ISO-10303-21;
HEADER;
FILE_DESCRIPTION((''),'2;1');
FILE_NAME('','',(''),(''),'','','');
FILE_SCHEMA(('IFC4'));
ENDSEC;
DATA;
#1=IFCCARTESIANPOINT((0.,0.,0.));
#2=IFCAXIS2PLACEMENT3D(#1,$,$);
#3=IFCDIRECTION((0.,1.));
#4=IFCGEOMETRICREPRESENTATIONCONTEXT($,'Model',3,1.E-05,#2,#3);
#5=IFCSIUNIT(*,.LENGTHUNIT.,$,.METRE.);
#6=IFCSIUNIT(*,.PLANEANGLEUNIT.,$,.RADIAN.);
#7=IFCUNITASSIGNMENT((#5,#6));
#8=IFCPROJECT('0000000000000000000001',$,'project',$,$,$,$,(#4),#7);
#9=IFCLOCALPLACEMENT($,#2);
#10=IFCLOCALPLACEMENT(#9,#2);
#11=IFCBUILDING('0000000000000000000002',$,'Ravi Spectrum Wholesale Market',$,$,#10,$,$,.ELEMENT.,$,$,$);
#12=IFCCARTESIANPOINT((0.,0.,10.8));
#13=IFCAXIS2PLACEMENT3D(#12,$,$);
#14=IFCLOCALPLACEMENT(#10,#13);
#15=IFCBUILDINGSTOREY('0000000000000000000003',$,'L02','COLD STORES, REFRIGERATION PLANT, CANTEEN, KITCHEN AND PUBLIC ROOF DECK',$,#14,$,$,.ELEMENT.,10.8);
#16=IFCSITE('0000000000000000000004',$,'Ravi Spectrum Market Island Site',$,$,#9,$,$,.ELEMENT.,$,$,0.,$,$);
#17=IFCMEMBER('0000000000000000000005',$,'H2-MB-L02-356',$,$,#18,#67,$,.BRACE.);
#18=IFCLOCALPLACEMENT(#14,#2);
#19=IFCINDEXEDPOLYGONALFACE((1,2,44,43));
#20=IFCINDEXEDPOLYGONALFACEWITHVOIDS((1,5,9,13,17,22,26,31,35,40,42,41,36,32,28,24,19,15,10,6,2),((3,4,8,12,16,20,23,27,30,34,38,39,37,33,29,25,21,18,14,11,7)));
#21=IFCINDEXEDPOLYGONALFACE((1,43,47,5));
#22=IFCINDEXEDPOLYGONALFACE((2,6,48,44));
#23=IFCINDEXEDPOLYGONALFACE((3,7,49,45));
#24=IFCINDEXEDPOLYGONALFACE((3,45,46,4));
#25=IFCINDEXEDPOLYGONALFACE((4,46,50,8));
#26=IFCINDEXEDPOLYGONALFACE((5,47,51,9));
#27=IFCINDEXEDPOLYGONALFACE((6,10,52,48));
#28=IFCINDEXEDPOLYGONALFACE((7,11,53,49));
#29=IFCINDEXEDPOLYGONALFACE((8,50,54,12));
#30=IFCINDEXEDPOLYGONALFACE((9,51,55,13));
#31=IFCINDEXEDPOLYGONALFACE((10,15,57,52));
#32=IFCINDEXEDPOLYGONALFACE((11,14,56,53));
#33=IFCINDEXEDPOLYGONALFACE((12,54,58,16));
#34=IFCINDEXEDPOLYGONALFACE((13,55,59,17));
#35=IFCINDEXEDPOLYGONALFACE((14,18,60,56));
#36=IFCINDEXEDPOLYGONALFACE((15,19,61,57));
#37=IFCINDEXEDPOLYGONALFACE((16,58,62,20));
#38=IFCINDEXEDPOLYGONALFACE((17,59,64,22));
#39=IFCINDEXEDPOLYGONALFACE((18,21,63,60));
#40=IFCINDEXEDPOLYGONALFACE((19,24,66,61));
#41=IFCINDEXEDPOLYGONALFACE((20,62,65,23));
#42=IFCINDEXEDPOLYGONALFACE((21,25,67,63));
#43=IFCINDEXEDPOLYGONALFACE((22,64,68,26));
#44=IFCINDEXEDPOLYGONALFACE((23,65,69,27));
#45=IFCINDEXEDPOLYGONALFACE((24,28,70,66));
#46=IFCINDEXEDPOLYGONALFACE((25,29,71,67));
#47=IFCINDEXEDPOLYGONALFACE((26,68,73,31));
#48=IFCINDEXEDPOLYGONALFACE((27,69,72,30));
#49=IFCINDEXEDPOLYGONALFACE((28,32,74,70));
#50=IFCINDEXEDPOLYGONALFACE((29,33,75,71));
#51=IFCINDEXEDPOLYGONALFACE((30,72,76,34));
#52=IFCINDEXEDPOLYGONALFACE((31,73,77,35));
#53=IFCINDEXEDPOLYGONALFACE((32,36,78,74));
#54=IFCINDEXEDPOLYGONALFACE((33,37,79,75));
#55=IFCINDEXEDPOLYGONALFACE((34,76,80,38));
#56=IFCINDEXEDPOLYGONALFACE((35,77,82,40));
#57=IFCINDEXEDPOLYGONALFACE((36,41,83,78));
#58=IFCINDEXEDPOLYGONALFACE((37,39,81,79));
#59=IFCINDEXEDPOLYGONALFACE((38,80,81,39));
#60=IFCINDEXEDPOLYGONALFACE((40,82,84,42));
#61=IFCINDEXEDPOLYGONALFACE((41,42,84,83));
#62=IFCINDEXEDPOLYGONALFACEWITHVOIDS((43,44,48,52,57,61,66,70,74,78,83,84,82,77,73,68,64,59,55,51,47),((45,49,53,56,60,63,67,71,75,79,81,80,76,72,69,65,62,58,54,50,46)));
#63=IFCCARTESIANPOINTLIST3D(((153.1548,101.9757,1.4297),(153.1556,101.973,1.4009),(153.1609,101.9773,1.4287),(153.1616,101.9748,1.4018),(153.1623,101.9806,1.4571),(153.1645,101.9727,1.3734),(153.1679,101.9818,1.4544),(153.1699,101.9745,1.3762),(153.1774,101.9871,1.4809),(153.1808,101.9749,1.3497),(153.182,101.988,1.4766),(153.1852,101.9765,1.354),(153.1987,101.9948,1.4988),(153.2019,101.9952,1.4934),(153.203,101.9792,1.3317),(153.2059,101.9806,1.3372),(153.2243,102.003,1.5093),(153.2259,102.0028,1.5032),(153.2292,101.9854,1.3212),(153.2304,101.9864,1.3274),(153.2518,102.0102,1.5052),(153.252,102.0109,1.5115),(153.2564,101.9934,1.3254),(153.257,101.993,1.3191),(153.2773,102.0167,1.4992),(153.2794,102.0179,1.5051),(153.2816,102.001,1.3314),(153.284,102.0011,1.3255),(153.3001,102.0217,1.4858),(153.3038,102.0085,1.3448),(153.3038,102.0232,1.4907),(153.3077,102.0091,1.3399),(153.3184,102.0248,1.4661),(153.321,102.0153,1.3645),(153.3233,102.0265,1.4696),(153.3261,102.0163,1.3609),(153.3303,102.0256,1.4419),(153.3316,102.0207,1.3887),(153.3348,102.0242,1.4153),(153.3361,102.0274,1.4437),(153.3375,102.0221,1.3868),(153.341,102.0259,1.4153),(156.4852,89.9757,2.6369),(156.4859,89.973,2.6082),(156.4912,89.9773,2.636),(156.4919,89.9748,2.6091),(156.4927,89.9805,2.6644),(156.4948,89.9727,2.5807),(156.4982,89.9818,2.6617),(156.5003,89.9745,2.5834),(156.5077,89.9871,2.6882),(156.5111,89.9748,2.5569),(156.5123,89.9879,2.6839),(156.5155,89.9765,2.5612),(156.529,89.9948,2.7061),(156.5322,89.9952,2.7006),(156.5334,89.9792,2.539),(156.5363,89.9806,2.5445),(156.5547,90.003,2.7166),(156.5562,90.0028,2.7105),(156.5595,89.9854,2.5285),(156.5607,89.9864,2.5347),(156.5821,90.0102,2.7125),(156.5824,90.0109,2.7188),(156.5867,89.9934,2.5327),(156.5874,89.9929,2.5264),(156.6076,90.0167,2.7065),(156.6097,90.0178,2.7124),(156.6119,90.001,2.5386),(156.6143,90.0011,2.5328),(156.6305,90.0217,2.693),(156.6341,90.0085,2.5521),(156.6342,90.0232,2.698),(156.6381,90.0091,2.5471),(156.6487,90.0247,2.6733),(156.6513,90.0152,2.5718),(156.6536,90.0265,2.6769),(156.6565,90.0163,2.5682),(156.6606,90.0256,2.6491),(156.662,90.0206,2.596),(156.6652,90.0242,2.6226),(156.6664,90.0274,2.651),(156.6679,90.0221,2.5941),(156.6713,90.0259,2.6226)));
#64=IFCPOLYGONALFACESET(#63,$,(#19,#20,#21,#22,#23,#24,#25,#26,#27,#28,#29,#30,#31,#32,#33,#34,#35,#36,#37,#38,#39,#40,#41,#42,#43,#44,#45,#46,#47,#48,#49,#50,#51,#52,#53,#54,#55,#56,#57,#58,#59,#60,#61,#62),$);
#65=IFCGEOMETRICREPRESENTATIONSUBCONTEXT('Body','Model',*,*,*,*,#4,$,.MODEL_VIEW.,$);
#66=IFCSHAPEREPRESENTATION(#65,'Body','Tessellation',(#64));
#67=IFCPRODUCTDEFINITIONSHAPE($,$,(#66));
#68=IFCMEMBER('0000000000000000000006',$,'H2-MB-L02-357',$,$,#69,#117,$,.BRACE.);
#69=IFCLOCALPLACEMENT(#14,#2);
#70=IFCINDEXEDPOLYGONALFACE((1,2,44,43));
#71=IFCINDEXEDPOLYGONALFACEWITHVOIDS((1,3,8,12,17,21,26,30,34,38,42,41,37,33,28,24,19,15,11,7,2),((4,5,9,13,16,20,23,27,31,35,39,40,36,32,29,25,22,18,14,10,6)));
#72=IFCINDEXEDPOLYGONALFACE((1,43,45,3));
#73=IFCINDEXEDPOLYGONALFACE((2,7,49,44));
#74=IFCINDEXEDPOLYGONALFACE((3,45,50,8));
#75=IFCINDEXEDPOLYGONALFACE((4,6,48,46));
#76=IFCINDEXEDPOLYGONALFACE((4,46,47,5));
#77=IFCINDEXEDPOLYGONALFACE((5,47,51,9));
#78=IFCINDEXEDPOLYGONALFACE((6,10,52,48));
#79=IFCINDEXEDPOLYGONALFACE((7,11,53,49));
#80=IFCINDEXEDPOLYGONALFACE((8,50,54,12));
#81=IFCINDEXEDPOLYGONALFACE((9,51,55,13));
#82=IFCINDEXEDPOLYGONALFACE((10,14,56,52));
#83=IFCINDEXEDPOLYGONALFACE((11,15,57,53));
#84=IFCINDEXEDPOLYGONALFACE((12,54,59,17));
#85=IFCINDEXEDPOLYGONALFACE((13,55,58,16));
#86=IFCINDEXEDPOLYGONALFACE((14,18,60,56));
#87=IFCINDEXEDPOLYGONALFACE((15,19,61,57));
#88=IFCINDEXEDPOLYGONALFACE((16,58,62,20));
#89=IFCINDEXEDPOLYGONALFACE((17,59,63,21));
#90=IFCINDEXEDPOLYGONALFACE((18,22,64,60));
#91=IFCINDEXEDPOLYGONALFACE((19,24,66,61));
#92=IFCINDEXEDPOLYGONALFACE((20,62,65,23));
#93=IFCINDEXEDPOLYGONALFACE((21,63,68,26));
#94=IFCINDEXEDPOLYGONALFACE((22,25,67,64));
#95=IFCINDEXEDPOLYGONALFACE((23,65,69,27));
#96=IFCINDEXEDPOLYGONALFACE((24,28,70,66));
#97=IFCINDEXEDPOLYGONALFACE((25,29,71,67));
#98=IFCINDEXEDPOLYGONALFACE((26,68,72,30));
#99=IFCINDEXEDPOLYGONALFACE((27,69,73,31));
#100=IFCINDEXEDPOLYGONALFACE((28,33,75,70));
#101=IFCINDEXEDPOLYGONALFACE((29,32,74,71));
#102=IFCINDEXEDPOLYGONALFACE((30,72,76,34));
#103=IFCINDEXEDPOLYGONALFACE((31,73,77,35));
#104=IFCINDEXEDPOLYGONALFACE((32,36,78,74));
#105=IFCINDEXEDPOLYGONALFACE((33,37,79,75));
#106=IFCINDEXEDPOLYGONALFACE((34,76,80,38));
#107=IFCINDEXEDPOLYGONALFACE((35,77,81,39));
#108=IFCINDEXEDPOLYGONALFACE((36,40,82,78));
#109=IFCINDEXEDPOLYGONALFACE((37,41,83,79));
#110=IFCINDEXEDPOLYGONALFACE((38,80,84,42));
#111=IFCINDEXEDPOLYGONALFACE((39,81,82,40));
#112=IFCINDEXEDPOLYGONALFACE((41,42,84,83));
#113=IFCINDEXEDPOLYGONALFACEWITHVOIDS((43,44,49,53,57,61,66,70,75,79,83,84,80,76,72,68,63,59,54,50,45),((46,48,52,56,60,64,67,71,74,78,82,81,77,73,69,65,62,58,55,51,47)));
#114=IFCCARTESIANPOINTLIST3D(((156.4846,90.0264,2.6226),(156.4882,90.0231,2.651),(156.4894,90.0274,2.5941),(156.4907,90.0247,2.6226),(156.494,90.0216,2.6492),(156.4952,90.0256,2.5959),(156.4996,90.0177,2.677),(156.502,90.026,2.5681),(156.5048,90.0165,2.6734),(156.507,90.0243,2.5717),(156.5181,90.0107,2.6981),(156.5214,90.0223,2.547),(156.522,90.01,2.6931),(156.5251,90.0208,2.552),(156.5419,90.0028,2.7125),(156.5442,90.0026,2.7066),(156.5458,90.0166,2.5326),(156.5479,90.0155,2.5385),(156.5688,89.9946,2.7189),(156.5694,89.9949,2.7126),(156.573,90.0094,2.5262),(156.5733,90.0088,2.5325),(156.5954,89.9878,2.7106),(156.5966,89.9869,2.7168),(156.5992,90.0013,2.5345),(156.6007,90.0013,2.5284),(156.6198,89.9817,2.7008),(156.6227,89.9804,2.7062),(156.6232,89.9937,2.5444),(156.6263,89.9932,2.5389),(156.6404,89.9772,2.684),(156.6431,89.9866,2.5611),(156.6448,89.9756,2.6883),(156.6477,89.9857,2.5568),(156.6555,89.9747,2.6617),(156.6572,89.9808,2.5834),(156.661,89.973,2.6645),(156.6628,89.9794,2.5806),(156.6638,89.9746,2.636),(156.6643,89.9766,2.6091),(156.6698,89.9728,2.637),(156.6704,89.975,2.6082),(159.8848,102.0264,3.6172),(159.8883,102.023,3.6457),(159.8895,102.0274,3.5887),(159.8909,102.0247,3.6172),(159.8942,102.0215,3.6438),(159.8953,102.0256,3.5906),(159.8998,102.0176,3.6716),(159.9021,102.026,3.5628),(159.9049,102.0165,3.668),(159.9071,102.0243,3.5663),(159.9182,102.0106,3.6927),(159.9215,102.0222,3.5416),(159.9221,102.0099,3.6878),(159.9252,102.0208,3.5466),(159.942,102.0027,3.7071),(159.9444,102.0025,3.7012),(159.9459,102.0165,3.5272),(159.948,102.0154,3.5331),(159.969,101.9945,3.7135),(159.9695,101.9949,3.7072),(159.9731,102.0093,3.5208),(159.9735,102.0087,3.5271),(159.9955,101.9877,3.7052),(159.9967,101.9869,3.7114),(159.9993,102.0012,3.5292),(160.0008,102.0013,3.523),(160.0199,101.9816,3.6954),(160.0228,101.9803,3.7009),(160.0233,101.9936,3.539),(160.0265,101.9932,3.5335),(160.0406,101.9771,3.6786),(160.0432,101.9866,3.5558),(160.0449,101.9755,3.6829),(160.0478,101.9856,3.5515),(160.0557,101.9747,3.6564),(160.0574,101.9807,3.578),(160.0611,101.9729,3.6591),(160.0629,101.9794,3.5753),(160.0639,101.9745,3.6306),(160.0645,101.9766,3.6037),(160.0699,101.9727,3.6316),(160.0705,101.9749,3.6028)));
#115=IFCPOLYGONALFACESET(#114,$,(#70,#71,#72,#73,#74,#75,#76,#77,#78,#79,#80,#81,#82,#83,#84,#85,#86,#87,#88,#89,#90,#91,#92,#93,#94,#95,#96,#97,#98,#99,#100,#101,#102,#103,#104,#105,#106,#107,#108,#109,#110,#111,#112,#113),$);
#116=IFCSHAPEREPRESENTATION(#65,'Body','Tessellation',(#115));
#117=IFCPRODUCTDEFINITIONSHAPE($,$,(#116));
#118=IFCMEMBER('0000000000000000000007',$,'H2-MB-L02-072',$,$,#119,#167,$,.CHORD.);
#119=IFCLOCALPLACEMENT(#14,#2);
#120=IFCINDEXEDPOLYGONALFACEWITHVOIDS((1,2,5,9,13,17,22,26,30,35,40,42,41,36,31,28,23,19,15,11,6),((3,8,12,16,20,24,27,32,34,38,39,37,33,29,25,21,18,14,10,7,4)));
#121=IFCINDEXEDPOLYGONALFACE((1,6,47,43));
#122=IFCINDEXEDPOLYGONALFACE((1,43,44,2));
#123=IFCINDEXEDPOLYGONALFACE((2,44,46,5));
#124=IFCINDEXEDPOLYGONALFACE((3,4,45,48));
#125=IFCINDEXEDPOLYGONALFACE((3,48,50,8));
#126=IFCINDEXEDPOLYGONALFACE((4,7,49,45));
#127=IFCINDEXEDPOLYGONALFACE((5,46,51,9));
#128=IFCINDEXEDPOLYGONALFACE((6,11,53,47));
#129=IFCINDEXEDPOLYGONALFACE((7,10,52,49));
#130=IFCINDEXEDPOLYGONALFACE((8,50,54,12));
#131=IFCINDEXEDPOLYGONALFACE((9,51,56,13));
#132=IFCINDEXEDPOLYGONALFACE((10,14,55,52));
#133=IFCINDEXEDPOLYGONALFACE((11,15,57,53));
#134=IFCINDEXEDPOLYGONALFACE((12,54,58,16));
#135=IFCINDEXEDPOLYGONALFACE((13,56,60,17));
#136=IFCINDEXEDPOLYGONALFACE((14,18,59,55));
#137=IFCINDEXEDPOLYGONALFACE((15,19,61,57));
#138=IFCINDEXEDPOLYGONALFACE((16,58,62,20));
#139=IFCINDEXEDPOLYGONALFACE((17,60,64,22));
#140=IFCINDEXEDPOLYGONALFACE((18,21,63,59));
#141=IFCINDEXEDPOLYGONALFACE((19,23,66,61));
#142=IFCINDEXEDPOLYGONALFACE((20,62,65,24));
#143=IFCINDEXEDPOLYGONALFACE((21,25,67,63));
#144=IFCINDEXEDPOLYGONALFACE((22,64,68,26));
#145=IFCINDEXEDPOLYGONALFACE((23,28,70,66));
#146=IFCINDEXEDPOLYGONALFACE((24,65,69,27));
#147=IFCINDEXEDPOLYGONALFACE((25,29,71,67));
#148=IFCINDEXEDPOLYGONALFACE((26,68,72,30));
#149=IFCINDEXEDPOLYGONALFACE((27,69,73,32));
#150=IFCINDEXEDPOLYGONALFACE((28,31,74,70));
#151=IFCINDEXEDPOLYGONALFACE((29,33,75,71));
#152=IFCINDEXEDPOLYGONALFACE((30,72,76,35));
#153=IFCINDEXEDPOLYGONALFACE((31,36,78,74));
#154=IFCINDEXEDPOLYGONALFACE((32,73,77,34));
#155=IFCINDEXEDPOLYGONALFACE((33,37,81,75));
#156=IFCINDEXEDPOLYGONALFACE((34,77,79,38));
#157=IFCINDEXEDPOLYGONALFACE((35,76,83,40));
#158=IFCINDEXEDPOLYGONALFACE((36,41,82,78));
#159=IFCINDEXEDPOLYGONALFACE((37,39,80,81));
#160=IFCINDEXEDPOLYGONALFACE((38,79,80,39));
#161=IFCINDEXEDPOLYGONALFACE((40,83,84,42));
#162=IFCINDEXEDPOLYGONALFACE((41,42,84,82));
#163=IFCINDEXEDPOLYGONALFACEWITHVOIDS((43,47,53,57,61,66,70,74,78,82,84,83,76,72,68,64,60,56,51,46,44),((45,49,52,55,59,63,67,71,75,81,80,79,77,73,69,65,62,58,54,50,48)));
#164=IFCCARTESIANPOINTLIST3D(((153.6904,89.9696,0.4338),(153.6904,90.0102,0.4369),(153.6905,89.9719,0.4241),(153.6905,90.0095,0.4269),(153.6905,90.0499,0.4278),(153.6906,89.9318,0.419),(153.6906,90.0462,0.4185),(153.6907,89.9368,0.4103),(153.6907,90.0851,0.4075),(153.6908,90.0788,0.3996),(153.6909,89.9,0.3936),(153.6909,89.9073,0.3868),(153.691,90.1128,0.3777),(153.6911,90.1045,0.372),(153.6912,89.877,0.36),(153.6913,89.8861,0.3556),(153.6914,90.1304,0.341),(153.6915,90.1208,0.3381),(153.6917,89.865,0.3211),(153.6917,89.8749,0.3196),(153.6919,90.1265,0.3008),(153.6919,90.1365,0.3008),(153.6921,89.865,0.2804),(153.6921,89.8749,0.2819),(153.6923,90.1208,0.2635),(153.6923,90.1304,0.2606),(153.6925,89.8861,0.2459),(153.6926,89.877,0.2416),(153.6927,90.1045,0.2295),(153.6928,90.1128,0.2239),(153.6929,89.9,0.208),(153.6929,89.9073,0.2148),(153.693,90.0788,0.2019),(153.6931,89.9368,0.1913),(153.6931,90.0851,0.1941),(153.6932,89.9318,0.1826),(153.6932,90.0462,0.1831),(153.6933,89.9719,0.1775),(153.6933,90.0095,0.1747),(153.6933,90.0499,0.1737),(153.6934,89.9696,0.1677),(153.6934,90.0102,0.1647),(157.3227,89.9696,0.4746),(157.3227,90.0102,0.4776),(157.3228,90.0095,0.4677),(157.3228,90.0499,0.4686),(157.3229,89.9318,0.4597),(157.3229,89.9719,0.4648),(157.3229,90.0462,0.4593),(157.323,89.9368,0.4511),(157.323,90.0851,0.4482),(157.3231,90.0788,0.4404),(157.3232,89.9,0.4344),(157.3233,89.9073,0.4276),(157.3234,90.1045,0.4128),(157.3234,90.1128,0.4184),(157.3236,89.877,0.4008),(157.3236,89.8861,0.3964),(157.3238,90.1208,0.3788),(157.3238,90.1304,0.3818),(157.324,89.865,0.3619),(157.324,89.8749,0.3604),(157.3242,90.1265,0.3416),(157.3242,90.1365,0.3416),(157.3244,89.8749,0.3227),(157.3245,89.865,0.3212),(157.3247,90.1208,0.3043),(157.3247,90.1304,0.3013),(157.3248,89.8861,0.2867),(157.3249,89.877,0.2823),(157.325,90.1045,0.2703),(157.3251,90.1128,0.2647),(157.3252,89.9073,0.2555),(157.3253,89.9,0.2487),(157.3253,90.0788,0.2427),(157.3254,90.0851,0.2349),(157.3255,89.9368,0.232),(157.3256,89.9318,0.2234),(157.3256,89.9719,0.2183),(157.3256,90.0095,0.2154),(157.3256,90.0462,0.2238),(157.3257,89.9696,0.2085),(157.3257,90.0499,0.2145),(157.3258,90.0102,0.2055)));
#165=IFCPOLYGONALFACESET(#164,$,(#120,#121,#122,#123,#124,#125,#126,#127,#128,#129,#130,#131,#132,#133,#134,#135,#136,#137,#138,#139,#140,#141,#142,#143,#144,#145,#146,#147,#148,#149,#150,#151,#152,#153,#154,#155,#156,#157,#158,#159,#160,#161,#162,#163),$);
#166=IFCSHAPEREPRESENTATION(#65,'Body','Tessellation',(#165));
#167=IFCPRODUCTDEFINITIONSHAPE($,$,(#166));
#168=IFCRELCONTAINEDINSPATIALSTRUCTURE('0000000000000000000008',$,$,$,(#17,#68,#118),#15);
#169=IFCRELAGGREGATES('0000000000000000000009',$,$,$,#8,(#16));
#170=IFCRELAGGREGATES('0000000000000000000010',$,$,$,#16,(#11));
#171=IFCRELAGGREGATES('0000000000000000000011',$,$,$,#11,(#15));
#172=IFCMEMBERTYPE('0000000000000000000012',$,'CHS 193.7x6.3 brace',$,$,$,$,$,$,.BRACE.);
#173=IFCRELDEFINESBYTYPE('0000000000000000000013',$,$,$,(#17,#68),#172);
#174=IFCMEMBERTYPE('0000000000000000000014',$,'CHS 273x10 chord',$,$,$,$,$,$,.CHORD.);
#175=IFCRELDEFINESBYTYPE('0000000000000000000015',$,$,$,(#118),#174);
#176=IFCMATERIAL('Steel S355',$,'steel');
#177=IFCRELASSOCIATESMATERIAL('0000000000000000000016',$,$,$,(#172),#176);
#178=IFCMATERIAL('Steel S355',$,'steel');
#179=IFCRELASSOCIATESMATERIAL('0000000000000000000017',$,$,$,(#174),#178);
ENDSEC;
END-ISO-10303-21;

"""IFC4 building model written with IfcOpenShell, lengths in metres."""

from ifc_helpers import new_model, si_unit, direction, frame, origin, origin_2d, place, context, subcontext, project, spatial, hollow_circle, extrude, material, material_profile, profile_set, type_object, element, save


model = new_model("IFC4")

# Units and contexts
model_context = context("Model", 3, precision=1e-05, world=origin(), true_north=direction((0.0, 1.0)))
body_context = subcontext(model_context, "Body", "Model", "MODEL_VIEW")
ifc_project = project(units=[si_unit("LENGTHUNIT", "METRE"), si_unit("PLANEANGLEUNIT", "RADIAN")], contexts=[model_context])

# Site, building, storey
site_placement = place(None, origin())
site = spatial("IfcSite", under=ifc_project, at=site_placement, Name="Ravi Spectrum Market Island Site", CompositionType="ELEMENT", RefElevation=0.0)
building_placement = place(site_placement, origin())
building = spatial("IfcBuilding", under=site, at=building_placement, Name="Ravi Spectrum Wholesale Market", CompositionType="ELEMENT")
storey_placement = place(building_placement, frame((0.0, 0.0, 10.8)))
storey = spatial("IfcBuildingStorey", under=building, at=storey_placement, Name="L02", Description="COLD STORES, REFRIGERATION PLANT, CANTEEN, KITCHEN AND PUBLIC ROOF DECK", CompositionType="ELEMENT", Elevation=10.8)

# Members
ifc_material_1 = material(Name="Steel S355", Category="steel")
ifc_material_profile_1 = material_profile(ifc_material_1, hollow_circle(Radius=0.0969, WallThickness=0.0063, at=origin_2d()))
ifc_profile_set_1 = profile_set([ifc_material_profile_1], Name="Steel S355")
member_type_1 = type_object("IfcMemberType", Name="CHS 193.7x6.3 brace", PredefinedType="BRACE", material=ifc_profile_set_1)
for number, where, z_axis, x_axis, name in (
    (1, (153.2476, 102.0, 1.4153), (0.266172, -0.959084, 0.09649), (0.96358, 0.267419, 0.0), "H2-MB-L02-356"),
    (2, (156.5779, 90.0, 2.6226), (0.271751, 0.959079, 0.079494), (-0.962124, 0.272613, 0.0), "H2-MB-L02-357"),
):
    element("IfcMember", number, at=place(storey_placement, frame(where, z_axis=z_axis, x_axis=x_axis)), inside=storey, type_object=member_type_1, Name=name, PredefinedType="BRACE", context=body_context, shape_type="SweptSolid", body=[
        extrude(hollow_circle(Radius=0.0969, WallThickness=0.0063, at=origin_2d()), origin(), (0.0, 0.0, 1.0), 12.512),
    ])
ifc_material_2 = material(Name="Steel S355", Category="steel")
ifc_material_profile_2 = material_profile(ifc_material_2, hollow_circle(Radius=0.1365, WallThickness=0.01, at=origin_2d()))
ifc_profile_set_2 = profile_set([ifc_material_profile_2], Name="Steel S355")
member_type_2 = type_object("IfcMemberType", Name="CHS 273x10 chord", PredefinedType="CHORD", material=ifc_profile_set_2)
member_1_placement = place(storey_placement, frame((153.6919, 90.0, 0.3008), z_axis=(0.999937, 0.0, 0.011224), x_axis=(0.0, 1.0, 0.0)))
element("IfcMember", 3, at=member_1_placement, inside=storey, type_object=member_type_2, Name="H2-MB-L02-072", PredefinedType="CHORD", context=body_context, shape_type="SweptSolid", body=[
    extrude(hollow_circle(Radius=0.1365, WallThickness=0.01, at=origin_2d()), origin(), (0.0, 0.0, 1.0), 3.6326),
])

save(model, "model.ifc")
